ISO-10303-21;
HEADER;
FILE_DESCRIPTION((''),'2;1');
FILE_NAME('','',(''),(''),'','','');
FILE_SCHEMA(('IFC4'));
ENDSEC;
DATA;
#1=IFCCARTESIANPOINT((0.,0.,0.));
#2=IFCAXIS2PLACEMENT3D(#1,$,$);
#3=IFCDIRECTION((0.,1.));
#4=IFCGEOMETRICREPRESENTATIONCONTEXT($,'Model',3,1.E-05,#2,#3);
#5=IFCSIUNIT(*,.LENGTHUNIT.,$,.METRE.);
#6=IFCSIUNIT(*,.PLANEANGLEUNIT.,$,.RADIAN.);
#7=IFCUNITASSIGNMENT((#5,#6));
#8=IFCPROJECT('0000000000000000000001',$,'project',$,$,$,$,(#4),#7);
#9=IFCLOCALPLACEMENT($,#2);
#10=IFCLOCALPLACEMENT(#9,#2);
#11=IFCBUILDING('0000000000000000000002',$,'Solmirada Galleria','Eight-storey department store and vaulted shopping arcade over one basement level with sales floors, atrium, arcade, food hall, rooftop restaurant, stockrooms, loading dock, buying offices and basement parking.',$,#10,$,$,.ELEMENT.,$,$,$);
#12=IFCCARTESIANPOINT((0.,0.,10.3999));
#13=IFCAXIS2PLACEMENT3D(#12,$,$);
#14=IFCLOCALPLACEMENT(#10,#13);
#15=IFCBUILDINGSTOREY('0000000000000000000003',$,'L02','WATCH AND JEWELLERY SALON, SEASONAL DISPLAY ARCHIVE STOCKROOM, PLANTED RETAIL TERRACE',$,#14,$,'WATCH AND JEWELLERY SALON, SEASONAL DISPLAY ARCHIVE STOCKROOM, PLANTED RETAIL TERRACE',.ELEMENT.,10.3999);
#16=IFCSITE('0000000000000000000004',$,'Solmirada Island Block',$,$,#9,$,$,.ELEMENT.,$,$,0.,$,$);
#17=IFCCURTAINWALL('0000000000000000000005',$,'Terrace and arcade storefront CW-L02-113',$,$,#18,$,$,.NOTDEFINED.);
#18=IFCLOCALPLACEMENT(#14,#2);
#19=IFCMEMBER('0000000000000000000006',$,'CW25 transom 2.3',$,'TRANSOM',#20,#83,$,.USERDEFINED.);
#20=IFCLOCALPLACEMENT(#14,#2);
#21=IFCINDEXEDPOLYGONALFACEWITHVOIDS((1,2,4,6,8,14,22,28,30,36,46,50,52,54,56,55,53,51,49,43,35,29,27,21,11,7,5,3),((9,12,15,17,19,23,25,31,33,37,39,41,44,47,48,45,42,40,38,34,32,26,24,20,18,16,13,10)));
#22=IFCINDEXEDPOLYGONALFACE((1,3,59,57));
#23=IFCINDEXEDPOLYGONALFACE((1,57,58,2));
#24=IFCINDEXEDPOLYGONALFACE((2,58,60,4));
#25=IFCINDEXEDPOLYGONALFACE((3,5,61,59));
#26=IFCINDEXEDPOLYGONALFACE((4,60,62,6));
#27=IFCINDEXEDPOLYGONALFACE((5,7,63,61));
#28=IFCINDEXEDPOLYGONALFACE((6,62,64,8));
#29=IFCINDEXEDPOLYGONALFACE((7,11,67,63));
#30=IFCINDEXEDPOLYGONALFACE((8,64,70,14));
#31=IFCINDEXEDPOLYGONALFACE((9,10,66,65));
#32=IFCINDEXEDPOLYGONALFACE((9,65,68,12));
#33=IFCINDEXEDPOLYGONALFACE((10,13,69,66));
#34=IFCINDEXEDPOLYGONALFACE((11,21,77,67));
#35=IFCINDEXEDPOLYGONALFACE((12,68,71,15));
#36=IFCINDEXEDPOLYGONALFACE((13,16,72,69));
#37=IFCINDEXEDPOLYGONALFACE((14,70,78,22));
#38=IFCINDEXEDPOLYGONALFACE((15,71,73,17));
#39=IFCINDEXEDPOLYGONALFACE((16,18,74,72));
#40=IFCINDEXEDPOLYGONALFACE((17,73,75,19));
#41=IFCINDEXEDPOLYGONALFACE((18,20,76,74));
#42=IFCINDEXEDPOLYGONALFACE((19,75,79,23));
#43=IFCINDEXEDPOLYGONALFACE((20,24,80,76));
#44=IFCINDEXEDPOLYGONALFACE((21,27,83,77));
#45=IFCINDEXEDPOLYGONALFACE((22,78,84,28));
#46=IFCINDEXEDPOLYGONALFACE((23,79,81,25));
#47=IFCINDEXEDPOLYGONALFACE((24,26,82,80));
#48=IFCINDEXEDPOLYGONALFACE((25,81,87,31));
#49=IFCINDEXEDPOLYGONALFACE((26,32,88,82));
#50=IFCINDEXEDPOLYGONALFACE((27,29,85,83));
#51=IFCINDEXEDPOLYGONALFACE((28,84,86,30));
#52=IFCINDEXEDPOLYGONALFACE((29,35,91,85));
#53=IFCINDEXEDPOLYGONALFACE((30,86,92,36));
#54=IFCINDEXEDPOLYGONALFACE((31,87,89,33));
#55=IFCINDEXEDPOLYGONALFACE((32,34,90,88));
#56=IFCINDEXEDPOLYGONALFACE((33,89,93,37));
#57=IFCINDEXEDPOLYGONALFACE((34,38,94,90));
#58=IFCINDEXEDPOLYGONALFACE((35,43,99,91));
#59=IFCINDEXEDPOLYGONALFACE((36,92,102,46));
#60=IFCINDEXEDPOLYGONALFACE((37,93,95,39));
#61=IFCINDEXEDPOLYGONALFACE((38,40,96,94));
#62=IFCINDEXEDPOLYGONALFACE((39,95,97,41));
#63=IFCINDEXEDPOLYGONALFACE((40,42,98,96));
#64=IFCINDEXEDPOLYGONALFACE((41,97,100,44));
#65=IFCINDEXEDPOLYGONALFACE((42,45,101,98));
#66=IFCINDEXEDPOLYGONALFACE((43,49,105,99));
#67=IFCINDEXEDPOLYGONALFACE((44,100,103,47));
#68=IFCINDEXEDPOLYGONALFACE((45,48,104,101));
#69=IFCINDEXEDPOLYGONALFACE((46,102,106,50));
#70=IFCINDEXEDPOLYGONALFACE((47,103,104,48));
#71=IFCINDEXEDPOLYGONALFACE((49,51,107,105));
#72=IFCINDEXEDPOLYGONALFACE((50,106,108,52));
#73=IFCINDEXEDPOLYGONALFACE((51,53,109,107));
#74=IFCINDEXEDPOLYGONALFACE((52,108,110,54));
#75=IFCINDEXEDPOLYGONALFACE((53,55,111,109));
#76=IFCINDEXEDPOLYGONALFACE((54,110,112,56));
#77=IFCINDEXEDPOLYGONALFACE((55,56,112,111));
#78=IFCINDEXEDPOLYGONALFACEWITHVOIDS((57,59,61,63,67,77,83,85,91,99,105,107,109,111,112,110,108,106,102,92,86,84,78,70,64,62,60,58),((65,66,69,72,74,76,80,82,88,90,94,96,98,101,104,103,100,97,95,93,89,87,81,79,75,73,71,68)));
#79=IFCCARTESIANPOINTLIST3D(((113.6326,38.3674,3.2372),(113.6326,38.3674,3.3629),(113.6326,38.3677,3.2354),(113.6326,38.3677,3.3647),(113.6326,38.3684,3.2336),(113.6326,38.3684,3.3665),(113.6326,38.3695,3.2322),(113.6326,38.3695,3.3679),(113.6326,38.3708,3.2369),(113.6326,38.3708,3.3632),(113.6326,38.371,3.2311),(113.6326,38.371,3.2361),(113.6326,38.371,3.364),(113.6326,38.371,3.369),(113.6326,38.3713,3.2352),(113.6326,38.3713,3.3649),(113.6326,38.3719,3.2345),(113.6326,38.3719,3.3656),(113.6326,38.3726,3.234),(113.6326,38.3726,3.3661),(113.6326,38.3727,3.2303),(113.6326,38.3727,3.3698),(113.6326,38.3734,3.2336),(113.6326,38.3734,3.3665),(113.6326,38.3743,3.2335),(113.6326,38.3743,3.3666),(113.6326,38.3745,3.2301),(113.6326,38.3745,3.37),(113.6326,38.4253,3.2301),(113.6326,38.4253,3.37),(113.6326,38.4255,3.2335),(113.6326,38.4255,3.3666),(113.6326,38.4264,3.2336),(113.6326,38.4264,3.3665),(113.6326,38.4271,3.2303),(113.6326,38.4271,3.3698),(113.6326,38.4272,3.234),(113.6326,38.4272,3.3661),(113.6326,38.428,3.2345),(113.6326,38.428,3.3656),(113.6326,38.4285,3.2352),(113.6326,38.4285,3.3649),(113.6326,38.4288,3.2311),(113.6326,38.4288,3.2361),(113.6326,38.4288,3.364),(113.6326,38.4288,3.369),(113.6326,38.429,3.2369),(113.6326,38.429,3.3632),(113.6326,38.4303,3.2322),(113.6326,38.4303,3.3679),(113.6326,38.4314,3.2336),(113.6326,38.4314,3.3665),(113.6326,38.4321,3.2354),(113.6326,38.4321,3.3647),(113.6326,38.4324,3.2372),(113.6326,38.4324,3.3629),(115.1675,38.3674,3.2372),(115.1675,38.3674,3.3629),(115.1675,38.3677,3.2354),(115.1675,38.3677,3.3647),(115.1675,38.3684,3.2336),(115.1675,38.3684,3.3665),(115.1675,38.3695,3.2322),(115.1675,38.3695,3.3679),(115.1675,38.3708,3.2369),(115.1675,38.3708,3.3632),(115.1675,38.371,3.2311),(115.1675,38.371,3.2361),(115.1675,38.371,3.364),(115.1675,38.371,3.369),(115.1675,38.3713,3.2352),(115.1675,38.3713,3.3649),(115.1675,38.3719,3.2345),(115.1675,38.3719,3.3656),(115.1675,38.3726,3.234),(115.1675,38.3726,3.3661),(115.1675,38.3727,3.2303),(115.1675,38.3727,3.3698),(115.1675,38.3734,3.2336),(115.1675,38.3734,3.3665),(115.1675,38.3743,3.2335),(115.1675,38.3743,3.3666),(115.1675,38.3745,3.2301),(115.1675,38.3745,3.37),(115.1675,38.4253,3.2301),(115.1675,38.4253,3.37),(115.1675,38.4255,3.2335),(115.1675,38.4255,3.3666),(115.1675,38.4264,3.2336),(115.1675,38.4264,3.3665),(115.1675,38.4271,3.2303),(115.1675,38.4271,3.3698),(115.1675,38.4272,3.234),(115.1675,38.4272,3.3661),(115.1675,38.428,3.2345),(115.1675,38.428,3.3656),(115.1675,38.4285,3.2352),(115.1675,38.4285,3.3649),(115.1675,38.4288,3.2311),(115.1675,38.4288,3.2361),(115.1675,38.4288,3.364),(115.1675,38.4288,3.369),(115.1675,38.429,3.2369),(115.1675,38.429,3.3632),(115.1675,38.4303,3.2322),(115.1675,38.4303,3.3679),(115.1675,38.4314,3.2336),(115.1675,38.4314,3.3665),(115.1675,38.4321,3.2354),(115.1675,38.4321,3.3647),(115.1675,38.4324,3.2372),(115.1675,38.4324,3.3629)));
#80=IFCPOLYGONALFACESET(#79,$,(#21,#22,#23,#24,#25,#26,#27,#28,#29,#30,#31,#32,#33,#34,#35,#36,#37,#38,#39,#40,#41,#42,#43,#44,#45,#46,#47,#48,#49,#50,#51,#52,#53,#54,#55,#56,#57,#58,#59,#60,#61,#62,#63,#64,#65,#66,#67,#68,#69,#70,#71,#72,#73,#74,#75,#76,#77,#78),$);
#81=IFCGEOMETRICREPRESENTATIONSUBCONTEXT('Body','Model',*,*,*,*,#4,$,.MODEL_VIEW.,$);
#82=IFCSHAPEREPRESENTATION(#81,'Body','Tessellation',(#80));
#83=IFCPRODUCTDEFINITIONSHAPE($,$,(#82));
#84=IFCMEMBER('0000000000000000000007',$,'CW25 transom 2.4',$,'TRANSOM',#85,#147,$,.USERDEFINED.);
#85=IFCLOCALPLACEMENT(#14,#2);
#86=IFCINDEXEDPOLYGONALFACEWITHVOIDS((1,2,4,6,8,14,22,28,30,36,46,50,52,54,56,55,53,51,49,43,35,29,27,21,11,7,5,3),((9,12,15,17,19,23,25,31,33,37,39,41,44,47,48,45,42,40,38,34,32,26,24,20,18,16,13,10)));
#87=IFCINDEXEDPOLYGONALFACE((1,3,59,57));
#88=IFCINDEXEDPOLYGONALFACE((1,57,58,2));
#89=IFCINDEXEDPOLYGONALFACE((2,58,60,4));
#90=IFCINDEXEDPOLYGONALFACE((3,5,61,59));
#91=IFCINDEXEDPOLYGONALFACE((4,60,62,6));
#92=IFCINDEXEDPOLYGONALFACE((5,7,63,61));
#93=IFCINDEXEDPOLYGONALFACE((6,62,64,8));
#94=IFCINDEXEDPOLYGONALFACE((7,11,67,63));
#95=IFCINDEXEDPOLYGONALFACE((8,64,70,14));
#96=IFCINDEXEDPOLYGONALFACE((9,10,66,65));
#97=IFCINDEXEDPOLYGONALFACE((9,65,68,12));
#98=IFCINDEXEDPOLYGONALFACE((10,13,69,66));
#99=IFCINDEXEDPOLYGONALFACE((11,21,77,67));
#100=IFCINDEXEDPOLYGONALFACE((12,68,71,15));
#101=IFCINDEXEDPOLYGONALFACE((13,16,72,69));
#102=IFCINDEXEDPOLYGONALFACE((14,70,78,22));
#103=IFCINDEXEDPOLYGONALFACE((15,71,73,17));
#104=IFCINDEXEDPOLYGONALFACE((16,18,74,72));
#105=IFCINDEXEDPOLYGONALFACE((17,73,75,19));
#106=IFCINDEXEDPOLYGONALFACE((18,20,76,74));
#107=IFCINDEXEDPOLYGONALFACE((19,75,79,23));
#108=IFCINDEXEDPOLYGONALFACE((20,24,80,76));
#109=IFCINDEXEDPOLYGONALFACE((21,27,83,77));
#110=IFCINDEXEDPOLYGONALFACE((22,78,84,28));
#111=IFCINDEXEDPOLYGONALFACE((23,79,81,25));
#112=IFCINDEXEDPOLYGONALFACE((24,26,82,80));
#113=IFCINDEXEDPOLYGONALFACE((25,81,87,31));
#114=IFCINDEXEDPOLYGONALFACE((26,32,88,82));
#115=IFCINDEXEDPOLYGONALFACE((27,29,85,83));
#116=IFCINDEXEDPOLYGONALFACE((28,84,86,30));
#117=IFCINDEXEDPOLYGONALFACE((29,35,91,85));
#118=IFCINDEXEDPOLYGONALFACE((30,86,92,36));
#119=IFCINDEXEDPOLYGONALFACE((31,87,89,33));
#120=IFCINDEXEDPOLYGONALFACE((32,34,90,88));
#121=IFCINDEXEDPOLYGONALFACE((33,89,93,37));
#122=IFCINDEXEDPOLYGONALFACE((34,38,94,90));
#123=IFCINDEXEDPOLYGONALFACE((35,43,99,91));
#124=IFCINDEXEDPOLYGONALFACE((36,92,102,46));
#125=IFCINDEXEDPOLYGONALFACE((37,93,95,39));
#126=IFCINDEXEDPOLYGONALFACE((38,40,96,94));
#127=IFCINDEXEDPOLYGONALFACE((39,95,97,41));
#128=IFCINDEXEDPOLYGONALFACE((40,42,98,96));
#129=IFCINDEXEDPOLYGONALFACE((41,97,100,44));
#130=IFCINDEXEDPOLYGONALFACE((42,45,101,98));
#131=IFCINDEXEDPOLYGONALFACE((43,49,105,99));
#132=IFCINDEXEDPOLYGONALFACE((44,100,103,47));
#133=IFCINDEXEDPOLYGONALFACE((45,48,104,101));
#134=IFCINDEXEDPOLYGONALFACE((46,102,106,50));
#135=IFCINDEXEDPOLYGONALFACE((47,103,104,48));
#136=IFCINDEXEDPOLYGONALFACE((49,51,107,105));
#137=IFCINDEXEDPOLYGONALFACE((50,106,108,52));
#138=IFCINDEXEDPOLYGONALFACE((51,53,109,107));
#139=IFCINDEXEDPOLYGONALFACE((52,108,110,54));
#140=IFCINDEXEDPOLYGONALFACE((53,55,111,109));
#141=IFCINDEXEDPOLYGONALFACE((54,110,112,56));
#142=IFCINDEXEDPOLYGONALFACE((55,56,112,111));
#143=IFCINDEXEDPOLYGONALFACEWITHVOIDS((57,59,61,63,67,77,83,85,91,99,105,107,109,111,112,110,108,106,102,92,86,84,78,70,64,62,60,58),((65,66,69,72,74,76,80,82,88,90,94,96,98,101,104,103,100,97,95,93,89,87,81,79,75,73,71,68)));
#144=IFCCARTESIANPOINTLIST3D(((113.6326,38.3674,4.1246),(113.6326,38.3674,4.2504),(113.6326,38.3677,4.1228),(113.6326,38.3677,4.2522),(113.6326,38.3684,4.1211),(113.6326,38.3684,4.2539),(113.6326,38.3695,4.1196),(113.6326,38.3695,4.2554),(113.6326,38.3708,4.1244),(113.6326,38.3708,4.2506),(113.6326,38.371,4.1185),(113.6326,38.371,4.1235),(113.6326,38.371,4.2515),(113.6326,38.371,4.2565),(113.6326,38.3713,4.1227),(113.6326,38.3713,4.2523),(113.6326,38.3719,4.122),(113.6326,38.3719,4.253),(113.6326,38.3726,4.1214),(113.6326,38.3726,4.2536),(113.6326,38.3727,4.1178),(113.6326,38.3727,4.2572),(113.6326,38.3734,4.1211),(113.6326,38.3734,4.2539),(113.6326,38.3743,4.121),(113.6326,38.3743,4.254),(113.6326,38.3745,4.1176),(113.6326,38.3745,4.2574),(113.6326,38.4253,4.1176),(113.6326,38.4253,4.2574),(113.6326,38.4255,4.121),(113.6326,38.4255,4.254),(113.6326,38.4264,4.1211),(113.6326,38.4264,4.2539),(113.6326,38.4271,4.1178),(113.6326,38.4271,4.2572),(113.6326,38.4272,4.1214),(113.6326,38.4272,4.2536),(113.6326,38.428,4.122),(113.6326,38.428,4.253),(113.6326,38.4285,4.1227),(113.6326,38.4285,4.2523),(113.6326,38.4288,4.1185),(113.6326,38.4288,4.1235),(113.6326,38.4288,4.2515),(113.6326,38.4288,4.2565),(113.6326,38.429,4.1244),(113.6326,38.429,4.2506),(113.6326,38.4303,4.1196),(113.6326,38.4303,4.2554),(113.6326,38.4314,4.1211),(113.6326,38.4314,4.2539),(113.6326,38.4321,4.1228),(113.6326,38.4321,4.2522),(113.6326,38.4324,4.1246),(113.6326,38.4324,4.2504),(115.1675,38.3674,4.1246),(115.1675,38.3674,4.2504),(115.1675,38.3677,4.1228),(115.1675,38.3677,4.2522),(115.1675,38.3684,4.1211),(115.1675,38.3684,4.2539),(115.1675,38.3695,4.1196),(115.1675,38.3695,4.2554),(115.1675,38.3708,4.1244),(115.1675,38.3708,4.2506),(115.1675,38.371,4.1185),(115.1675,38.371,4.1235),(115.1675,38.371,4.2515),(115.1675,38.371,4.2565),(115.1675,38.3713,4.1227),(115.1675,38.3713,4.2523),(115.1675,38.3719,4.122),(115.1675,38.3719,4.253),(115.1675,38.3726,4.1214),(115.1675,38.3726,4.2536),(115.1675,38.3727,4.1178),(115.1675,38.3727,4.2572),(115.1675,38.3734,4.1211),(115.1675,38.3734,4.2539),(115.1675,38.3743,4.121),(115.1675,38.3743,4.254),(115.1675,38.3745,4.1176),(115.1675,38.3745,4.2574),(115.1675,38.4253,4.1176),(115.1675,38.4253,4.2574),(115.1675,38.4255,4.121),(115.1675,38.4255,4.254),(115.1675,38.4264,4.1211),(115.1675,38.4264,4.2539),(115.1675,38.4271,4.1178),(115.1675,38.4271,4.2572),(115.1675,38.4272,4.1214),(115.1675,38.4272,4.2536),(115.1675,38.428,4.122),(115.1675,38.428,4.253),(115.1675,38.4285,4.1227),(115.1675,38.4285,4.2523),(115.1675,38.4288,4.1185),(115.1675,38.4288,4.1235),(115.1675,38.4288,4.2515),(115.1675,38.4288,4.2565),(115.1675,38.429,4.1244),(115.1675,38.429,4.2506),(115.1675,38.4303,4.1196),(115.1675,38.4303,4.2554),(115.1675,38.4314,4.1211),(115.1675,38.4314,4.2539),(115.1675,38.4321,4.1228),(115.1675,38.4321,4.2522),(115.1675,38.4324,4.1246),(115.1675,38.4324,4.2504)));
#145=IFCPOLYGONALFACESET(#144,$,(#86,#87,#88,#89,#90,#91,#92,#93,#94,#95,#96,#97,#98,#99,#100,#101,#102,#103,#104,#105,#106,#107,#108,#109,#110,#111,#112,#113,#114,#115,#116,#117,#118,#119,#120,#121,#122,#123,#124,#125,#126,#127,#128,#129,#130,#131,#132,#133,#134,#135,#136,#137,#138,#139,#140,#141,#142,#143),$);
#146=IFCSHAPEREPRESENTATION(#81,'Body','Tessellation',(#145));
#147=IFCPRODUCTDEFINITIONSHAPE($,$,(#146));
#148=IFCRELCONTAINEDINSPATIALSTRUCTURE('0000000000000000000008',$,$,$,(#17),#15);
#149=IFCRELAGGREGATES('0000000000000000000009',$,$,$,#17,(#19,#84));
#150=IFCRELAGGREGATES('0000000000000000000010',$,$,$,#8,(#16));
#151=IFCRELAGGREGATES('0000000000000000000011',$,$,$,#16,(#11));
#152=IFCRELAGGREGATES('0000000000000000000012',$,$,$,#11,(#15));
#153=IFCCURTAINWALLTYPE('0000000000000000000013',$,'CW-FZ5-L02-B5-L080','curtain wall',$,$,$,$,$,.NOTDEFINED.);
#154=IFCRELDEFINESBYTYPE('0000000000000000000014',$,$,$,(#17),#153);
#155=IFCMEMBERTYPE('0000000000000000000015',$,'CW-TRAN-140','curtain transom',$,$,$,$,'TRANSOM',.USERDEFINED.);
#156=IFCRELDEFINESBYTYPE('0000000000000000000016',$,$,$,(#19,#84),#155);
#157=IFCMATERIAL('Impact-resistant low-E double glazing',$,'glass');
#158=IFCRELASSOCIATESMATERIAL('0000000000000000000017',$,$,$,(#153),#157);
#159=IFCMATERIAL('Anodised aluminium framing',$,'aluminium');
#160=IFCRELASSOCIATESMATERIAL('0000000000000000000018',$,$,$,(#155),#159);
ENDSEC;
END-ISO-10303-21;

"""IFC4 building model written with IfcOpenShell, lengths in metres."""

from ifc_helpers import new_model, si_unit, direction, frame, origin, origin_2d, place, context, subcontext, project, spatial, hollow_rectangle, extrude, material, material_profile, profile_set, type_object, element, aggregate, save


model = new_model("IFC4")

# Units and contexts
model_context = context("Model", 3, precision=1e-05, world=origin(), true_north=direction((0.0, 1.0)))
body_context = subcontext(model_context, "Body", "Model", "MODEL_VIEW")
ifc_project = project(units=[si_unit("LENGTHUNIT", "METRE"), si_unit("PLANEANGLEUNIT", "RADIAN")], contexts=[model_context])

# Site, building, storey
site_placement = place(None, origin())
site = spatial("IfcSite", under=ifc_project, at=site_placement, Name="Solmirada Island Block", CompositionType="ELEMENT", RefElevation=0.0)
building_placement = place(site_placement, origin())
building = spatial("IfcBuilding", under=site, at=building_placement, Name="Solmirada Galleria", Description="Eight-storey department store and vaulted shopping arcade over one basement level with sales floors, atrium, arcade, food hall, rooftop restaurant, stockrooms, loading dock, buying offices and basement parking.", CompositionType="ELEMENT")
storey_placement = place(building_placement, frame((0.0, 0.0, 10.3999)))
storey = spatial("IfcBuildingStorey", under=building, at=storey_placement, Name="L02", Description="WATCH AND JEWELLERY SALON, SEASONAL DISPLAY ARCHIVE STOCKROOM, PLANTED RETAIL TERRACE", LongName="WATCH AND JEWELLERY SALON, SEASONAL DISPLAY ARCHIVE STOCKROOM, PLANTED RETAIL TERRACE", CompositionType="ELEMENT", Elevation=10.3999)

# Curtain wall, members
ifc_material_1 = material(Name="Impact-resistant low-E double glazing", Category="glass")
curtain_wall_type = type_object("IfcCurtainWallType", Name="CW-FZ5-L02-B5-L080", Description="curtain wall", PredefinedType="NOTDEFINED", material=ifc_material_1)
curtain_wall_placement = place(storey_placement, origin())
curtain_wall = element("IfcCurtainWall", 1, at=curtain_wall_placement, inside=storey, type_object=curtain_wall_type, Name="Terrace and arcade storefront CW-L02-113", PredefinedType="NOTDEFINED")
ifc_material_2 = material(Name="Anodised aluminium framing", Category="aluminium")
ifc_material_profile_1 = material_profile(ifc_material_2, hollow_rectangle(XDim=0.0649, YDim=0.1399, WallThickness=0.0034, InnerFilletRadius=0.0034, OuterFilletRadius=0.0071, at=origin_2d()), Name="ALU-TRAN-140X65")
ifc_profile_set_1 = profile_set([ifc_material_profile_1], Name="Anodised aluminium framing")
member_type_1 = type_object("IfcMemberType", Name="CW-TRAN-140", Description="curtain transom", ElementType="TRANSOM", PredefinedType="USERDEFINED", material=ifc_profile_set_1)
member_1_placement = place(storey_placement, frame((113.6326, 38.3999, 3.3), z_axis=(1.0, 0.0, 0.0), x_axis=(0.0, 1.0, 0.0)))
member_1 = element("IfcMember", 2, at=member_1_placement, type_object=member_type_1, Name="CW25 transom 2.3", ObjectType="TRANSOM", PredefinedType="USERDEFINED", context=body_context, shape_type="SweptSolid", body=[
    extrude(hollow_rectangle(XDim=0.0649, YDim=0.1399, WallThickness=0.0034, InnerFilletRadius=0.0034, OuterFilletRadius=0.0071, at=origin_2d()), origin(), (0.0, 0.0, 1.0), 1.5349),
])
member_2_placement = place(storey_placement, frame((113.6326, 38.3999, 4.1875), z_axis=(1.0, 0.0, 0.0), x_axis=(0.0, 1.0, 0.0)))
member_2 = element("IfcMember", 3, at=member_2_placement, type_object=member_type_1, Name="CW25 transom 2.4", ObjectType="TRANSOM", PredefinedType="USERDEFINED", context=body_context, shape_type="SweptSolid", body=[
    extrude(hollow_rectangle(XDim=0.0649, YDim=0.1399, WallThickness=0.0034, InnerFilletRadius=0.0034, OuterFilletRadius=0.0071, at=origin_2d()), origin(), (0.0, 0.0, 1.0), 1.5349),
])
aggregate(curtain_wall, [member_1, member_2])

save(model, "model.ifc")
